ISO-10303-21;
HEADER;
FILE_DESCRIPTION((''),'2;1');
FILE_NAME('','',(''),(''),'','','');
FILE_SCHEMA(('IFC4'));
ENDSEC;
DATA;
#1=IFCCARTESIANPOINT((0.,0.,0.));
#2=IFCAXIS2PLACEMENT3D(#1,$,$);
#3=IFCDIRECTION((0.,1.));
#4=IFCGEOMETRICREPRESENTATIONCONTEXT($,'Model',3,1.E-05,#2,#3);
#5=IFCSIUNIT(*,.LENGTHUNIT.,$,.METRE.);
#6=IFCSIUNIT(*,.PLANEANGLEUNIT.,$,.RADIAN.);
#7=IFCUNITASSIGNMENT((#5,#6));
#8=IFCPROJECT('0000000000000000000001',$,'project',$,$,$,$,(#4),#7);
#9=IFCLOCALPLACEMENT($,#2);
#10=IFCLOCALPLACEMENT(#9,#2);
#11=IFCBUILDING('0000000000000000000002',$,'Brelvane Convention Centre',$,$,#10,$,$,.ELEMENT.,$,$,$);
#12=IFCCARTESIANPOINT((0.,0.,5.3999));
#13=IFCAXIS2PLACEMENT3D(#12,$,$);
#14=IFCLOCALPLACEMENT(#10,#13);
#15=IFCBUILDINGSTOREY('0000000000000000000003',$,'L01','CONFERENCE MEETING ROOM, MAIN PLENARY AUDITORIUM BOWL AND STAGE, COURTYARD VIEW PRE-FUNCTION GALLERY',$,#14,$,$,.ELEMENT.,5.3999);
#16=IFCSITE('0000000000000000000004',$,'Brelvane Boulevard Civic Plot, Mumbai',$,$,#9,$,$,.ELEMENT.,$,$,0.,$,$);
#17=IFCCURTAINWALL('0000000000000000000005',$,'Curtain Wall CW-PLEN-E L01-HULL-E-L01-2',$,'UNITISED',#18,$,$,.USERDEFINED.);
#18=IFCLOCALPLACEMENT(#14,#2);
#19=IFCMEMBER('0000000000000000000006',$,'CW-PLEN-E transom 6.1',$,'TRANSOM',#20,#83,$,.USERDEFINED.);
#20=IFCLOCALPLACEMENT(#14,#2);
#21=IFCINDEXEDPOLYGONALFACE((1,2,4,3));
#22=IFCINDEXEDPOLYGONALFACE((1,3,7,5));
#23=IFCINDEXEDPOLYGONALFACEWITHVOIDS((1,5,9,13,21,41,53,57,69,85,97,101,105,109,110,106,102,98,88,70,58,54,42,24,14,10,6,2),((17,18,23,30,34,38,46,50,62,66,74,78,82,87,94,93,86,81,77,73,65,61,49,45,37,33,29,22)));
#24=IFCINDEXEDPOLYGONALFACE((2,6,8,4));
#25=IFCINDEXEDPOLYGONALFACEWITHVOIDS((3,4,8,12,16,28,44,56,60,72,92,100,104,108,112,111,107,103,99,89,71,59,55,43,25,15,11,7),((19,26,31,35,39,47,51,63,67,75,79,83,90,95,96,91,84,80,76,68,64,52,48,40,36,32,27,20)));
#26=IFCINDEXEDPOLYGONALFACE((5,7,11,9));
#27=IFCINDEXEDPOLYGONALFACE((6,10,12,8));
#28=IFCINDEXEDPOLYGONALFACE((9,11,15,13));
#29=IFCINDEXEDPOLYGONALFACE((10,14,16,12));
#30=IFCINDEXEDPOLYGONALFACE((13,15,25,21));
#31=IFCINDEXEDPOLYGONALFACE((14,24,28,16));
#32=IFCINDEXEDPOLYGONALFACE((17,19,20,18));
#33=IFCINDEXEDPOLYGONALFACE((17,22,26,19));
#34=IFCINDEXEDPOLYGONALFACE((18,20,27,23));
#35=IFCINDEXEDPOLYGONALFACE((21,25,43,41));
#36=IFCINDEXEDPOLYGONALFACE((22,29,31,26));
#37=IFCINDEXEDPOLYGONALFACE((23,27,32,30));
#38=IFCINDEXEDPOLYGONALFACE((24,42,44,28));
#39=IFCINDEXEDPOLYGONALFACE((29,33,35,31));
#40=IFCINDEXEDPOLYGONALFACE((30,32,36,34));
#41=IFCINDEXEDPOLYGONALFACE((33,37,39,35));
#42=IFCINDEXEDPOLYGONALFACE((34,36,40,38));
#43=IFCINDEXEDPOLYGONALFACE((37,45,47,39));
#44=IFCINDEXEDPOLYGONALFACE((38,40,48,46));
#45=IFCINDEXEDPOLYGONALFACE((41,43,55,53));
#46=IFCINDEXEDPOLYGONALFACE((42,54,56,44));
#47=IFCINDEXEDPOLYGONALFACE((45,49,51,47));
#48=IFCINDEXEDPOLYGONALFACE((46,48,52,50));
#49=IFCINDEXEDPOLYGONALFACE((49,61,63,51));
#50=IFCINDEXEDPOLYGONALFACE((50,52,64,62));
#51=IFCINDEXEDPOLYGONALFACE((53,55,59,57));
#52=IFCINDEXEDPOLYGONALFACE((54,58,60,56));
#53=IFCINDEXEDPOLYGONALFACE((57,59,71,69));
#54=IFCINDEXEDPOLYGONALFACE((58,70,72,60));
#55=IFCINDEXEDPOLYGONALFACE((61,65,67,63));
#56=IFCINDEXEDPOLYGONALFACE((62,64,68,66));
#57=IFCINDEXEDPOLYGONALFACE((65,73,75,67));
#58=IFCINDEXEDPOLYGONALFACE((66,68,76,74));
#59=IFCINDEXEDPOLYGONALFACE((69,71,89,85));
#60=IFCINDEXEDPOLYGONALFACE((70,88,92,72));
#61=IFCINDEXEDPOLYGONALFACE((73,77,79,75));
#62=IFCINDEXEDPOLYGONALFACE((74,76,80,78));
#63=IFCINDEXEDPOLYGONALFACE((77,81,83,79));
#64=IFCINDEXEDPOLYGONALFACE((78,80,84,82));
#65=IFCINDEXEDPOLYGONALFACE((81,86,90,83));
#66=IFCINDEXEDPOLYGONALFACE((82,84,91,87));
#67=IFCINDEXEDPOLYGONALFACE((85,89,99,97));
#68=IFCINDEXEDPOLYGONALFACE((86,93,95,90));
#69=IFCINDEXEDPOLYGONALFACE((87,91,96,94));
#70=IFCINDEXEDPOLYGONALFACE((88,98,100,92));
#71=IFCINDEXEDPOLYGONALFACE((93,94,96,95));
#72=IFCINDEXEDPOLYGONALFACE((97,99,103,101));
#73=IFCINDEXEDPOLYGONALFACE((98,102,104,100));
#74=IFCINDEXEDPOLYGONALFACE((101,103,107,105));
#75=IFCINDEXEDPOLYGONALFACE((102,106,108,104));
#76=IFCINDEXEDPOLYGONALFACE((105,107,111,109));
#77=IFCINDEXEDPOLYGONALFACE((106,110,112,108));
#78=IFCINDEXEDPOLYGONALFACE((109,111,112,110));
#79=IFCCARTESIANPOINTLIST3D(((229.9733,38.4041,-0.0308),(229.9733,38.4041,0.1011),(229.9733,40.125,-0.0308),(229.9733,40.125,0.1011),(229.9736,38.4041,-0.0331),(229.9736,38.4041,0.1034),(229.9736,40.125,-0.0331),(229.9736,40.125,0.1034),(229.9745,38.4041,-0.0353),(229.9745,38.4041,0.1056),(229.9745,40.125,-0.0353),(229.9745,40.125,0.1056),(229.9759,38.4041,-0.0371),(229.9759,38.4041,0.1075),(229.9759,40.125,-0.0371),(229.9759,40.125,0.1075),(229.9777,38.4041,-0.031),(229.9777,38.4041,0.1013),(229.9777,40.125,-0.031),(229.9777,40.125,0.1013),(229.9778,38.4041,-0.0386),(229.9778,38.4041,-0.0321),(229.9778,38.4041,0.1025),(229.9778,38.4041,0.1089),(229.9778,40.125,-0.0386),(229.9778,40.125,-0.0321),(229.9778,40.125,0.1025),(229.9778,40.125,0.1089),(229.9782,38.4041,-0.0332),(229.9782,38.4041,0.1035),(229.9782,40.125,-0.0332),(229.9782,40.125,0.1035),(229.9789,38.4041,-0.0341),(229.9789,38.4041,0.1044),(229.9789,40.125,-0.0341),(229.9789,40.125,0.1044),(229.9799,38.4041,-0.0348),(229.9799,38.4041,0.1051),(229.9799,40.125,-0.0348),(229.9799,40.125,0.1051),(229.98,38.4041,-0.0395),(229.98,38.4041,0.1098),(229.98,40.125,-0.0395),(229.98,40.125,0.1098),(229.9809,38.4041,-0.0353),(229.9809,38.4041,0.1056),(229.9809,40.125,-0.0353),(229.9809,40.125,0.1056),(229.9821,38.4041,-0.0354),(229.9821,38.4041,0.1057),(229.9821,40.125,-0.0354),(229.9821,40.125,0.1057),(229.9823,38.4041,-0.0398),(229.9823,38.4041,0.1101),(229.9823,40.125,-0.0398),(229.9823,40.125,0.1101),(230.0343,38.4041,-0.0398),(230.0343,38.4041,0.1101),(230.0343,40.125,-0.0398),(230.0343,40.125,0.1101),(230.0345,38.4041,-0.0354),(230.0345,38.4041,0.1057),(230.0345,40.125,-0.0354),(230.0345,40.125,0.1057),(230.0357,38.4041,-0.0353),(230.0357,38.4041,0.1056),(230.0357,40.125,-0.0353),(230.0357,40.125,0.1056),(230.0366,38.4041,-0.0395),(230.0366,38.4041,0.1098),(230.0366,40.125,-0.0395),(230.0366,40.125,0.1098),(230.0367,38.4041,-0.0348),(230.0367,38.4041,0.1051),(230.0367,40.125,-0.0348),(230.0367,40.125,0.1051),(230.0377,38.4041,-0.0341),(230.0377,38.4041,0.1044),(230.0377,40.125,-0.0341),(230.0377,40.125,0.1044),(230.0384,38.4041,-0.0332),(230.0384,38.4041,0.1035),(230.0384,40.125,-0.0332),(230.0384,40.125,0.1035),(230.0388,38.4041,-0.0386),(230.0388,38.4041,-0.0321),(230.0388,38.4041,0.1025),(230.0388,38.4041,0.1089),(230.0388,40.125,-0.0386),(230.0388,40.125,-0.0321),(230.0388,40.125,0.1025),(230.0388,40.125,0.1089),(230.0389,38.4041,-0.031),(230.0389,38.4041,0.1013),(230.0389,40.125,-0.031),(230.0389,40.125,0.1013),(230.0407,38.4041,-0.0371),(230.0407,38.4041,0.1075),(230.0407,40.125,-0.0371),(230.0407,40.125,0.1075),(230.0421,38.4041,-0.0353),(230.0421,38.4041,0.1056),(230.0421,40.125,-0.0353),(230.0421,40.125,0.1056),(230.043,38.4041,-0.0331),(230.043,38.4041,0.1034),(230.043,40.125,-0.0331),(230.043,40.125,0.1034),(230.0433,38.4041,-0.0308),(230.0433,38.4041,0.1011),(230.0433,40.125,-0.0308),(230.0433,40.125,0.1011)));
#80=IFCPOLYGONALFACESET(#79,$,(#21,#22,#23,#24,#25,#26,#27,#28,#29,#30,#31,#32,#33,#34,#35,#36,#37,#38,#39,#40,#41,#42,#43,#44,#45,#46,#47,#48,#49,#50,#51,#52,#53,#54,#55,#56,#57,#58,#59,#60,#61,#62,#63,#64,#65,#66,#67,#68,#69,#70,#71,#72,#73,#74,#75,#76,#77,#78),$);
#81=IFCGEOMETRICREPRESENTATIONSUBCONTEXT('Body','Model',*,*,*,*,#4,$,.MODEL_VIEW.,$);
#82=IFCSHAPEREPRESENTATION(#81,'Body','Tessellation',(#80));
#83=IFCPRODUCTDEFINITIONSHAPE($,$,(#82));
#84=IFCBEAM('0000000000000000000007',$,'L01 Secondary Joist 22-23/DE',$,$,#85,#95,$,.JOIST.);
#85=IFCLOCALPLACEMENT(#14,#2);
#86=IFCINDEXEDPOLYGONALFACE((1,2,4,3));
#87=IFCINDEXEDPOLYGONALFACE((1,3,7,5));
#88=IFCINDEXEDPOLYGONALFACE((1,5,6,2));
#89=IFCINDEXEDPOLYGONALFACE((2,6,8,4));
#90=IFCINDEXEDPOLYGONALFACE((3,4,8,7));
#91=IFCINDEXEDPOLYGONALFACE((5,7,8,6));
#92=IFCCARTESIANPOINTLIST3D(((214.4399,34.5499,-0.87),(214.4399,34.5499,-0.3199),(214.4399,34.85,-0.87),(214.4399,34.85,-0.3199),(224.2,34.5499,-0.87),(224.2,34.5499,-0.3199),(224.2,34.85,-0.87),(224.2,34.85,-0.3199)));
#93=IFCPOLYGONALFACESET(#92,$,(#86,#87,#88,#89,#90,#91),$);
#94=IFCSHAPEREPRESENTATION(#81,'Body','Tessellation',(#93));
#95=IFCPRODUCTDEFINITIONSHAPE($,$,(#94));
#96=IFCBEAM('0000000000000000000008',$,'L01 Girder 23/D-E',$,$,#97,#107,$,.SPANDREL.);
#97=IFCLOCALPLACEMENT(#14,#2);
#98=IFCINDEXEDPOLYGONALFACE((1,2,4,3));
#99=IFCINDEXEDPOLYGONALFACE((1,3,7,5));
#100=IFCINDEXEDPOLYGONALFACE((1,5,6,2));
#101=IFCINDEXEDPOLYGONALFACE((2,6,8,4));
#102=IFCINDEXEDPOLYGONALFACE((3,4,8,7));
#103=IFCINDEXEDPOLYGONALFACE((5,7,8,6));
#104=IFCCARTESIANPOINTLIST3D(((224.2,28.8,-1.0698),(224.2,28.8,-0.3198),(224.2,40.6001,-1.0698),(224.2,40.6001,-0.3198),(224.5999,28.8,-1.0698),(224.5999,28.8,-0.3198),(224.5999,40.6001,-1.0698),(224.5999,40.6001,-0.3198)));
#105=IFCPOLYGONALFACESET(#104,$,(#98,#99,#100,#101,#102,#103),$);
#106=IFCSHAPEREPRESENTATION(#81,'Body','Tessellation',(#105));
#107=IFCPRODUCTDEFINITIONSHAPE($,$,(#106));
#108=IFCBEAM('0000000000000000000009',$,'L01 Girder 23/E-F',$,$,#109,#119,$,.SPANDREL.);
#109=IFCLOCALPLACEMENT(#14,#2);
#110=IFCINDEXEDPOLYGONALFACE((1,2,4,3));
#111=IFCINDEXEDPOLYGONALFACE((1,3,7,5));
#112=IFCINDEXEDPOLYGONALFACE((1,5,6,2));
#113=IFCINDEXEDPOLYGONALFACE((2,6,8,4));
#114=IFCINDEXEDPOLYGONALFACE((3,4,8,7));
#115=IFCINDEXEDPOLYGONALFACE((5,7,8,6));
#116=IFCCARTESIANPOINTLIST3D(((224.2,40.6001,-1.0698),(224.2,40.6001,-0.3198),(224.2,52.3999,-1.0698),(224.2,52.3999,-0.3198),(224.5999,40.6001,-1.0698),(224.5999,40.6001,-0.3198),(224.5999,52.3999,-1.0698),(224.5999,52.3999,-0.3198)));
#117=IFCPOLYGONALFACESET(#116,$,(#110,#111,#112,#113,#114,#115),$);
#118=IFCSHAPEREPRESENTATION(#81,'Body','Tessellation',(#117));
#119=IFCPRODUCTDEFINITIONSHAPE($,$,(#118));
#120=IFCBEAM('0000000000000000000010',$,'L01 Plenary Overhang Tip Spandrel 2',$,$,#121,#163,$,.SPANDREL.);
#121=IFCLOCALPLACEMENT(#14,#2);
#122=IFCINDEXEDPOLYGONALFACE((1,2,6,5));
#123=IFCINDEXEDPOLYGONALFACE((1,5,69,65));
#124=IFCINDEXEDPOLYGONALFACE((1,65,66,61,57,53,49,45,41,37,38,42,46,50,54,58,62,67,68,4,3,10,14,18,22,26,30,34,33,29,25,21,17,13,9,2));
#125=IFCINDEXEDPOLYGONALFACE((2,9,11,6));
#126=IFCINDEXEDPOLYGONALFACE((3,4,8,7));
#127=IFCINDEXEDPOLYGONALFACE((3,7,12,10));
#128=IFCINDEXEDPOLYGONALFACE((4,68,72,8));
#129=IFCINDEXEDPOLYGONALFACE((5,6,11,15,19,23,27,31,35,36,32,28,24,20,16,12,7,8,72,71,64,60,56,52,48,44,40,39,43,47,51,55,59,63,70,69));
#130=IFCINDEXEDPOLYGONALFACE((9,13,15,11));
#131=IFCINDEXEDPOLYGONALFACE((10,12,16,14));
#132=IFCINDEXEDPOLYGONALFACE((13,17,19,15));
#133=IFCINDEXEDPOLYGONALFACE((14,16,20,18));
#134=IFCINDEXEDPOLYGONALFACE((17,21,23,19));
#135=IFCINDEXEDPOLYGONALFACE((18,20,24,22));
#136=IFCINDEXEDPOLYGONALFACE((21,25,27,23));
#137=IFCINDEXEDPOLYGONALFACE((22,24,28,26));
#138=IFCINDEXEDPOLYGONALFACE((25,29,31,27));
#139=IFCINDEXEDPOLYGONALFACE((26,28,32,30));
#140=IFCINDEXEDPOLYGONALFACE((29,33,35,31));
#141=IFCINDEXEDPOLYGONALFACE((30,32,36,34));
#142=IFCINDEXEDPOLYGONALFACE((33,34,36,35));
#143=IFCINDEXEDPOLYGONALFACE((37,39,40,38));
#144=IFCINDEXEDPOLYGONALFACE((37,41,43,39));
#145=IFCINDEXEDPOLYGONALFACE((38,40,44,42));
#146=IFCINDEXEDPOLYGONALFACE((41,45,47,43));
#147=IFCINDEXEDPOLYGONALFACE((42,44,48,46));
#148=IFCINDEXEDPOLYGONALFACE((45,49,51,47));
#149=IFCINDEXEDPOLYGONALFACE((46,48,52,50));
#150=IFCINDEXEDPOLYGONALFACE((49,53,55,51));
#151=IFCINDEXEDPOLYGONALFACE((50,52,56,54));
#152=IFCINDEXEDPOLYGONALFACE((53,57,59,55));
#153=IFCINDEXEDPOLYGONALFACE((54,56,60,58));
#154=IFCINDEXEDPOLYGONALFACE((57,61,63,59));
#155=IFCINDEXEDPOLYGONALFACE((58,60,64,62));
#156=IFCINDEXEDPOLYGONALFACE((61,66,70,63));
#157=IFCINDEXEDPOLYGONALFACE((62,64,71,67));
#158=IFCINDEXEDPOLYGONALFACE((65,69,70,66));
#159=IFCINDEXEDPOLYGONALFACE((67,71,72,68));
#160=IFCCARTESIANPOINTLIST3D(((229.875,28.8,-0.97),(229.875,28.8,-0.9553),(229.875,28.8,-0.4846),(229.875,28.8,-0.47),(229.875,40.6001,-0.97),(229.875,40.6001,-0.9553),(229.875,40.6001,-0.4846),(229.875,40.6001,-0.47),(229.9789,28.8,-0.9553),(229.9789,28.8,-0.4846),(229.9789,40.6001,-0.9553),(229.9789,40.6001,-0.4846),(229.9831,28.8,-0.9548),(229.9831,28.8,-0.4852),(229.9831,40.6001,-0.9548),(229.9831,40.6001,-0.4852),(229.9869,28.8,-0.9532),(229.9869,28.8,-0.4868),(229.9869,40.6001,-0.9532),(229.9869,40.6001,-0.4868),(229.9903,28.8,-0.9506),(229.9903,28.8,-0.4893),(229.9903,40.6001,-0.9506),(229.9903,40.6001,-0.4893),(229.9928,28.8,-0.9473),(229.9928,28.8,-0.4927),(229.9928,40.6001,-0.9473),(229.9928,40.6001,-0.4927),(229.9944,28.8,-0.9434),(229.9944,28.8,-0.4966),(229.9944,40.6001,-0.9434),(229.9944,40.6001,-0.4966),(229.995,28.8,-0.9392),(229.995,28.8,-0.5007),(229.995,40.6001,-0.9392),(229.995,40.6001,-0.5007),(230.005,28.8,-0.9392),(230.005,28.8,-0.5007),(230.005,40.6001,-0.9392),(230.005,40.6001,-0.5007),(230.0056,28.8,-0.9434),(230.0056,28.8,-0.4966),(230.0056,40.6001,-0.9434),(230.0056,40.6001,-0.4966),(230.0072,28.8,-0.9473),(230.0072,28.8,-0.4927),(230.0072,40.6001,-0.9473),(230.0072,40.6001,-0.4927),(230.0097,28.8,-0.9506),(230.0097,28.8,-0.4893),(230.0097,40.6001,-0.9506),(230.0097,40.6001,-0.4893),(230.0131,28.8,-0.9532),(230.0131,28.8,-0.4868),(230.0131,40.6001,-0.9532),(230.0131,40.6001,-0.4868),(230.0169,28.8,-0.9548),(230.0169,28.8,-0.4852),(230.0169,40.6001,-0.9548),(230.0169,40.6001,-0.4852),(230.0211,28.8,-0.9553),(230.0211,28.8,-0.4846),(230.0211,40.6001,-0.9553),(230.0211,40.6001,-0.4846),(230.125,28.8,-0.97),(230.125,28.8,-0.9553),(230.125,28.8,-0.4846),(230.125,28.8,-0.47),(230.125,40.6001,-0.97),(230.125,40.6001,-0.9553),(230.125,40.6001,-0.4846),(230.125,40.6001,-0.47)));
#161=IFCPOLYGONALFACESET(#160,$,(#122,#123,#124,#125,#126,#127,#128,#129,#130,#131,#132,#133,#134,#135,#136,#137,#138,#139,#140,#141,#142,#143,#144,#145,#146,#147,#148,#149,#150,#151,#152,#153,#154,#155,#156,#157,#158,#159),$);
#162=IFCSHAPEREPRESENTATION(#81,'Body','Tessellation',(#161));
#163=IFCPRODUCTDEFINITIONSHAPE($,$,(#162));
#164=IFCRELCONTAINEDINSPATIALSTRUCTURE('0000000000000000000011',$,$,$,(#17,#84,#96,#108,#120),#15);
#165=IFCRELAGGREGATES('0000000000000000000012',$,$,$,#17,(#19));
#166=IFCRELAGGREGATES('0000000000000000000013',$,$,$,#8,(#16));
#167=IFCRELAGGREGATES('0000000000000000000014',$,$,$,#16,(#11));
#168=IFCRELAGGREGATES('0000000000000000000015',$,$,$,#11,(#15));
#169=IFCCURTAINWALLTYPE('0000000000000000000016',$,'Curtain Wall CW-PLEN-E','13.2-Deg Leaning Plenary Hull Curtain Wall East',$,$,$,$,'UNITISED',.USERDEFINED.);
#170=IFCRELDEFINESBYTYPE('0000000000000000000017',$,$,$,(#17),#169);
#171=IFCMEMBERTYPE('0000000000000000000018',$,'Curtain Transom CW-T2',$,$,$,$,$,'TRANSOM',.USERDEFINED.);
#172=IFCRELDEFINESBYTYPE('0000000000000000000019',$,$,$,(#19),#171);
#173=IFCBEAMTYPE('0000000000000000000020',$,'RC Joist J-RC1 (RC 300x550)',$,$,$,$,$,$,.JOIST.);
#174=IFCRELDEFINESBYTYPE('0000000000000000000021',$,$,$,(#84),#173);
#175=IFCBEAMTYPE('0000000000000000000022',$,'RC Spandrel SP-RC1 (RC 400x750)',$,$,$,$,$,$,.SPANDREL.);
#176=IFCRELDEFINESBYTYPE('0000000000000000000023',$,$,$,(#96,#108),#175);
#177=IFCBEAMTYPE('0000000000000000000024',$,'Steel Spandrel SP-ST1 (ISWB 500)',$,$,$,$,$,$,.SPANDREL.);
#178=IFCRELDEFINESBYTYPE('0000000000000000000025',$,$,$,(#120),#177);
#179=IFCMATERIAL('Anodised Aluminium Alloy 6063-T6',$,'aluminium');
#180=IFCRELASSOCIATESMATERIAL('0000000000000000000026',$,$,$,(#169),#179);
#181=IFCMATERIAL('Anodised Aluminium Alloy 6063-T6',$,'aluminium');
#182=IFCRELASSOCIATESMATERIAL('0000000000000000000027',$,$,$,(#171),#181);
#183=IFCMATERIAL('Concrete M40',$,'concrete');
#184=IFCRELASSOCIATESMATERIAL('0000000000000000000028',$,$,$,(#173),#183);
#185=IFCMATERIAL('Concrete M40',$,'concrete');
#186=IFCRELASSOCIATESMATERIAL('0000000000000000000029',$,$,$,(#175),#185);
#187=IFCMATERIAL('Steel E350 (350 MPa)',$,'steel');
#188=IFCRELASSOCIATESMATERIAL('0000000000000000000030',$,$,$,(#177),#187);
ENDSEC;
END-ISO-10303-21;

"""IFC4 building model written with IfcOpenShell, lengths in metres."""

from ifc_helpers import new_model, si_unit, direction, frame, origin, origin_2d, place, context, subcontext, project, spatial, rectangle, hollow_rectangle, i_section, extrude, material, material_profile, profile_set, type_object, element, aggregate, save


model = new_model("IFC4")

# Units and contexts
model_context = context("Model", 3, precision=1e-05, world=origin(), true_north=direction((0.0, 1.0)))
body_context = subcontext(model_context, "Body", "Model", "MODEL_VIEW")
ifc_project = project(units=[si_unit("LENGTHUNIT", "METRE"), si_unit("PLANEANGLEUNIT", "RADIAN")], contexts=[model_context])

# Site, building, storey
site_placement = place(None, origin())
site = spatial("IfcSite", under=ifc_project, at=site_placement, Name="Brelvane Boulevard Civic Plot, Mumbai", CompositionType="ELEMENT", RefElevation=0.0)
building_placement = place(site_placement, origin())
building = spatial("IfcBuilding", under=site, at=building_placement, Name="Brelvane Convention Centre", CompositionType="ELEMENT")
storey_placement = place(building_placement, frame((0.0, 0.0, 5.3999)))
storey = spatial("IfcBuildingStorey", under=building, at=storey_placement, Name="L01", Description="CONFERENCE MEETING ROOM, MAIN PLENARY AUDITORIUM BOWL AND STAGE, COURTYARD VIEW PRE-FUNCTION GALLERY", CompositionType="ELEMENT", Elevation=5.3999)

# Shared definitions
ifc_material_1 = material(Name="Anodised Aluminium Alloy 6063-T6", Category="aluminium")
curtain_wall_type = type_object("IfcCurtainWallType", Name="Curtain Wall CW-PLEN-E", Description="13.2-Deg Leaning Plenary Hull Curtain Wall East", ElementType="UNITISED", PredefinedType="USERDEFINED", material=ifc_material_1)

# Curtain wall, member
curtain_wall_1_placement = place(storey_placement, origin())
curtain_wall_1 = element("IfcCurtainWall", 1, at=curtain_wall_1_placement, inside=storey, type_object=curtain_wall_type, Name="Curtain Wall CW-PLEN-E L01-HULL-E-L01-2", ObjectType="UNITISED", PredefinedType="USERDEFINED")
ifc_material_2 = material(Name="Anodised Aluminium Alloy 6063-T6", Category="aluminium")
ifc_material_profile_1 = material_profile(ifc_material_2, hollow_rectangle(XDim=0.0701, YDim=0.1499, WallThickness=0.0044, InnerFilletRadius=0.0044, OuterFilletRadius=0.009, at=origin_2d()), Name="ALU-T 150x70x4.5")
ifc_profile_set_1 = profile_set([ifc_material_profile_1], Name="Anodised Aluminium Alloy 6063-T6")
member_type_1 = type_object("IfcMemberType", Name="Curtain Transom CW-T2", ElementType="TRANSOM", PredefinedType="USERDEFINED", material=ifc_profile_set_1)
member_1_placement = place(storey_placement, frame((230.0083, 38.4041, 0.0352), z_axis=(0.0, 1.0, 0.0), x_axis=(-1.0, 0.0, 0.0)))
member_1 = element("IfcMember", 2, at=member_1_placement, type_object=member_type_1, Name="CW-PLEN-E transom 6.1", ObjectType="TRANSOM", PredefinedType="USERDEFINED", context=body_context, shape_type="SweptSolid", body=[
    extrude(hollow_rectangle(XDim=0.0701, YDim=0.1499, WallThickness=0.0044, InnerFilletRadius=0.0044, OuterFilletRadius=0.009, at=origin_2d()), origin(), (0.0, 0.0, 1.0), 1.7209),
])

# Beams
ifc_material_3 = material(Name="Concrete M40", Category="concrete")
ifc_material_profile_2 = material_profile(ifc_material_3, rectangle(XDim=0.3, YDim=0.55, at=origin_2d()), Name="RC 300x550")
ifc_profile_set_2 = profile_set([ifc_material_profile_2], Name="Concrete M40")
beam_type_1 = type_object("IfcBeamType", Name="RC Joist J-RC1 (RC 300x550)", PredefinedType="JOIST", material=ifc_profile_set_2)
beam_1_placement = place(storey_placement, frame((214.4399, 34.7, -0.595), z_axis=(1.0, 0.0, 0.0), x_axis=(0.0, 1.0, 0.0)))
element("IfcBeam", 3, at=beam_1_placement, inside=storey, type_object=beam_type_1, Name="L01 Secondary Joist 22-23/DE", PredefinedType="JOIST", context=body_context, shape_type="SweptSolid", body=[
    extrude(rectangle(XDim=0.3, YDim=0.55, at=origin_2d()), origin(), (0.0, 0.0, 1.0), 9.76),
])
ifc_material_4 = material(Name="Concrete M40", Category="concrete")
ifc_material_profile_3 = material_profile(ifc_material_4, rectangle(XDim=0.3999, YDim=0.75, at=origin_2d()), Name="RC 400x750")
ifc_profile_set_3 = profile_set([ifc_material_profile_3], Name="Concrete M40")
beam_type_2 = type_object("IfcBeamType", Name="RC Spandrel SP-RC1 (RC 400x750)", PredefinedType="SPANDREL", material=ifc_profile_set_3)
beam_2_placement = place(storey_placement, frame((224.3999, 28.8, -0.6948), z_axis=(0.0, 1.0, 0.0), x_axis=(-1.0, 0.0, 0.0)))
element("IfcBeam", 4, at=beam_2_placement, inside=storey, type_object=beam_type_2, Name="L01 Girder 23/D-E", PredefinedType="SPANDREL", context=body_context, shape_type="SweptSolid", body=[
    extrude(rectangle(XDim=0.3999, YDim=0.75, at=origin_2d()), origin(), (0.0, 0.0, 1.0), 11.8),
])
beam_3_placement = place(storey_placement, frame((224.3999, 40.6001, -0.6948), z_axis=(0.0, 1.0, 0.0), x_axis=(-1.0, 0.0, 0.0)))
element("IfcBeam", 5, at=beam_3_placement, inside=storey, type_object=beam_type_2, Name="L01 Girder 23/E-F", PredefinedType="SPANDREL", context=body_context, shape_type="SweptSolid", body=[
    extrude(rectangle(XDim=0.3999, YDim=0.75, at=origin_2d()), origin(), (0.0, 0.0, 1.0), 11.7998),
])
ifc_material_5 = material(Name="Steel E350 (350 MPa)", Category="steel")
ifc_material_profile_4 = material_profile(ifc_material_5, i_section(OverallWidth=0.25, OverallDepth=0.5, WebThickness=0.01, FlangeThickness=0.0146, FilletRadius=0.0161, at=origin_2d()), Name="ISWB 500")
ifc_profile_set_4 = profile_set([ifc_material_profile_4], Name="Steel E350 (350 MPa)")
beam_type_3 = type_object("IfcBeamType", Name="Steel Spandrel SP-ST1 (ISWB 500)", PredefinedType="SPANDREL", material=ifc_profile_set_4)
beam_4_placement = place(storey_placement, frame((230.0, 28.8, -0.72), z_axis=(0.0, 1.0, 0.0), x_axis=(-1.0, 0.0, 0.0)))
element("IfcBeam", 6, at=beam_4_placement, inside=storey, type_object=beam_type_3, Name="L01 Plenary Overhang Tip Spandrel 2", PredefinedType="SPANDREL", context=body_context, shape_type="SweptSolid", body=[
    extrude(i_section(OverallWidth=0.25, OverallDepth=0.5, WebThickness=0.01, FlangeThickness=0.0146, FilletRadius=0.0161, at=origin_2d()), origin(), (0.0, 0.0, 1.0), 11.8),
])

aggregate(curtain_wall_1, [member_1])

save(model, "model.ifc")
